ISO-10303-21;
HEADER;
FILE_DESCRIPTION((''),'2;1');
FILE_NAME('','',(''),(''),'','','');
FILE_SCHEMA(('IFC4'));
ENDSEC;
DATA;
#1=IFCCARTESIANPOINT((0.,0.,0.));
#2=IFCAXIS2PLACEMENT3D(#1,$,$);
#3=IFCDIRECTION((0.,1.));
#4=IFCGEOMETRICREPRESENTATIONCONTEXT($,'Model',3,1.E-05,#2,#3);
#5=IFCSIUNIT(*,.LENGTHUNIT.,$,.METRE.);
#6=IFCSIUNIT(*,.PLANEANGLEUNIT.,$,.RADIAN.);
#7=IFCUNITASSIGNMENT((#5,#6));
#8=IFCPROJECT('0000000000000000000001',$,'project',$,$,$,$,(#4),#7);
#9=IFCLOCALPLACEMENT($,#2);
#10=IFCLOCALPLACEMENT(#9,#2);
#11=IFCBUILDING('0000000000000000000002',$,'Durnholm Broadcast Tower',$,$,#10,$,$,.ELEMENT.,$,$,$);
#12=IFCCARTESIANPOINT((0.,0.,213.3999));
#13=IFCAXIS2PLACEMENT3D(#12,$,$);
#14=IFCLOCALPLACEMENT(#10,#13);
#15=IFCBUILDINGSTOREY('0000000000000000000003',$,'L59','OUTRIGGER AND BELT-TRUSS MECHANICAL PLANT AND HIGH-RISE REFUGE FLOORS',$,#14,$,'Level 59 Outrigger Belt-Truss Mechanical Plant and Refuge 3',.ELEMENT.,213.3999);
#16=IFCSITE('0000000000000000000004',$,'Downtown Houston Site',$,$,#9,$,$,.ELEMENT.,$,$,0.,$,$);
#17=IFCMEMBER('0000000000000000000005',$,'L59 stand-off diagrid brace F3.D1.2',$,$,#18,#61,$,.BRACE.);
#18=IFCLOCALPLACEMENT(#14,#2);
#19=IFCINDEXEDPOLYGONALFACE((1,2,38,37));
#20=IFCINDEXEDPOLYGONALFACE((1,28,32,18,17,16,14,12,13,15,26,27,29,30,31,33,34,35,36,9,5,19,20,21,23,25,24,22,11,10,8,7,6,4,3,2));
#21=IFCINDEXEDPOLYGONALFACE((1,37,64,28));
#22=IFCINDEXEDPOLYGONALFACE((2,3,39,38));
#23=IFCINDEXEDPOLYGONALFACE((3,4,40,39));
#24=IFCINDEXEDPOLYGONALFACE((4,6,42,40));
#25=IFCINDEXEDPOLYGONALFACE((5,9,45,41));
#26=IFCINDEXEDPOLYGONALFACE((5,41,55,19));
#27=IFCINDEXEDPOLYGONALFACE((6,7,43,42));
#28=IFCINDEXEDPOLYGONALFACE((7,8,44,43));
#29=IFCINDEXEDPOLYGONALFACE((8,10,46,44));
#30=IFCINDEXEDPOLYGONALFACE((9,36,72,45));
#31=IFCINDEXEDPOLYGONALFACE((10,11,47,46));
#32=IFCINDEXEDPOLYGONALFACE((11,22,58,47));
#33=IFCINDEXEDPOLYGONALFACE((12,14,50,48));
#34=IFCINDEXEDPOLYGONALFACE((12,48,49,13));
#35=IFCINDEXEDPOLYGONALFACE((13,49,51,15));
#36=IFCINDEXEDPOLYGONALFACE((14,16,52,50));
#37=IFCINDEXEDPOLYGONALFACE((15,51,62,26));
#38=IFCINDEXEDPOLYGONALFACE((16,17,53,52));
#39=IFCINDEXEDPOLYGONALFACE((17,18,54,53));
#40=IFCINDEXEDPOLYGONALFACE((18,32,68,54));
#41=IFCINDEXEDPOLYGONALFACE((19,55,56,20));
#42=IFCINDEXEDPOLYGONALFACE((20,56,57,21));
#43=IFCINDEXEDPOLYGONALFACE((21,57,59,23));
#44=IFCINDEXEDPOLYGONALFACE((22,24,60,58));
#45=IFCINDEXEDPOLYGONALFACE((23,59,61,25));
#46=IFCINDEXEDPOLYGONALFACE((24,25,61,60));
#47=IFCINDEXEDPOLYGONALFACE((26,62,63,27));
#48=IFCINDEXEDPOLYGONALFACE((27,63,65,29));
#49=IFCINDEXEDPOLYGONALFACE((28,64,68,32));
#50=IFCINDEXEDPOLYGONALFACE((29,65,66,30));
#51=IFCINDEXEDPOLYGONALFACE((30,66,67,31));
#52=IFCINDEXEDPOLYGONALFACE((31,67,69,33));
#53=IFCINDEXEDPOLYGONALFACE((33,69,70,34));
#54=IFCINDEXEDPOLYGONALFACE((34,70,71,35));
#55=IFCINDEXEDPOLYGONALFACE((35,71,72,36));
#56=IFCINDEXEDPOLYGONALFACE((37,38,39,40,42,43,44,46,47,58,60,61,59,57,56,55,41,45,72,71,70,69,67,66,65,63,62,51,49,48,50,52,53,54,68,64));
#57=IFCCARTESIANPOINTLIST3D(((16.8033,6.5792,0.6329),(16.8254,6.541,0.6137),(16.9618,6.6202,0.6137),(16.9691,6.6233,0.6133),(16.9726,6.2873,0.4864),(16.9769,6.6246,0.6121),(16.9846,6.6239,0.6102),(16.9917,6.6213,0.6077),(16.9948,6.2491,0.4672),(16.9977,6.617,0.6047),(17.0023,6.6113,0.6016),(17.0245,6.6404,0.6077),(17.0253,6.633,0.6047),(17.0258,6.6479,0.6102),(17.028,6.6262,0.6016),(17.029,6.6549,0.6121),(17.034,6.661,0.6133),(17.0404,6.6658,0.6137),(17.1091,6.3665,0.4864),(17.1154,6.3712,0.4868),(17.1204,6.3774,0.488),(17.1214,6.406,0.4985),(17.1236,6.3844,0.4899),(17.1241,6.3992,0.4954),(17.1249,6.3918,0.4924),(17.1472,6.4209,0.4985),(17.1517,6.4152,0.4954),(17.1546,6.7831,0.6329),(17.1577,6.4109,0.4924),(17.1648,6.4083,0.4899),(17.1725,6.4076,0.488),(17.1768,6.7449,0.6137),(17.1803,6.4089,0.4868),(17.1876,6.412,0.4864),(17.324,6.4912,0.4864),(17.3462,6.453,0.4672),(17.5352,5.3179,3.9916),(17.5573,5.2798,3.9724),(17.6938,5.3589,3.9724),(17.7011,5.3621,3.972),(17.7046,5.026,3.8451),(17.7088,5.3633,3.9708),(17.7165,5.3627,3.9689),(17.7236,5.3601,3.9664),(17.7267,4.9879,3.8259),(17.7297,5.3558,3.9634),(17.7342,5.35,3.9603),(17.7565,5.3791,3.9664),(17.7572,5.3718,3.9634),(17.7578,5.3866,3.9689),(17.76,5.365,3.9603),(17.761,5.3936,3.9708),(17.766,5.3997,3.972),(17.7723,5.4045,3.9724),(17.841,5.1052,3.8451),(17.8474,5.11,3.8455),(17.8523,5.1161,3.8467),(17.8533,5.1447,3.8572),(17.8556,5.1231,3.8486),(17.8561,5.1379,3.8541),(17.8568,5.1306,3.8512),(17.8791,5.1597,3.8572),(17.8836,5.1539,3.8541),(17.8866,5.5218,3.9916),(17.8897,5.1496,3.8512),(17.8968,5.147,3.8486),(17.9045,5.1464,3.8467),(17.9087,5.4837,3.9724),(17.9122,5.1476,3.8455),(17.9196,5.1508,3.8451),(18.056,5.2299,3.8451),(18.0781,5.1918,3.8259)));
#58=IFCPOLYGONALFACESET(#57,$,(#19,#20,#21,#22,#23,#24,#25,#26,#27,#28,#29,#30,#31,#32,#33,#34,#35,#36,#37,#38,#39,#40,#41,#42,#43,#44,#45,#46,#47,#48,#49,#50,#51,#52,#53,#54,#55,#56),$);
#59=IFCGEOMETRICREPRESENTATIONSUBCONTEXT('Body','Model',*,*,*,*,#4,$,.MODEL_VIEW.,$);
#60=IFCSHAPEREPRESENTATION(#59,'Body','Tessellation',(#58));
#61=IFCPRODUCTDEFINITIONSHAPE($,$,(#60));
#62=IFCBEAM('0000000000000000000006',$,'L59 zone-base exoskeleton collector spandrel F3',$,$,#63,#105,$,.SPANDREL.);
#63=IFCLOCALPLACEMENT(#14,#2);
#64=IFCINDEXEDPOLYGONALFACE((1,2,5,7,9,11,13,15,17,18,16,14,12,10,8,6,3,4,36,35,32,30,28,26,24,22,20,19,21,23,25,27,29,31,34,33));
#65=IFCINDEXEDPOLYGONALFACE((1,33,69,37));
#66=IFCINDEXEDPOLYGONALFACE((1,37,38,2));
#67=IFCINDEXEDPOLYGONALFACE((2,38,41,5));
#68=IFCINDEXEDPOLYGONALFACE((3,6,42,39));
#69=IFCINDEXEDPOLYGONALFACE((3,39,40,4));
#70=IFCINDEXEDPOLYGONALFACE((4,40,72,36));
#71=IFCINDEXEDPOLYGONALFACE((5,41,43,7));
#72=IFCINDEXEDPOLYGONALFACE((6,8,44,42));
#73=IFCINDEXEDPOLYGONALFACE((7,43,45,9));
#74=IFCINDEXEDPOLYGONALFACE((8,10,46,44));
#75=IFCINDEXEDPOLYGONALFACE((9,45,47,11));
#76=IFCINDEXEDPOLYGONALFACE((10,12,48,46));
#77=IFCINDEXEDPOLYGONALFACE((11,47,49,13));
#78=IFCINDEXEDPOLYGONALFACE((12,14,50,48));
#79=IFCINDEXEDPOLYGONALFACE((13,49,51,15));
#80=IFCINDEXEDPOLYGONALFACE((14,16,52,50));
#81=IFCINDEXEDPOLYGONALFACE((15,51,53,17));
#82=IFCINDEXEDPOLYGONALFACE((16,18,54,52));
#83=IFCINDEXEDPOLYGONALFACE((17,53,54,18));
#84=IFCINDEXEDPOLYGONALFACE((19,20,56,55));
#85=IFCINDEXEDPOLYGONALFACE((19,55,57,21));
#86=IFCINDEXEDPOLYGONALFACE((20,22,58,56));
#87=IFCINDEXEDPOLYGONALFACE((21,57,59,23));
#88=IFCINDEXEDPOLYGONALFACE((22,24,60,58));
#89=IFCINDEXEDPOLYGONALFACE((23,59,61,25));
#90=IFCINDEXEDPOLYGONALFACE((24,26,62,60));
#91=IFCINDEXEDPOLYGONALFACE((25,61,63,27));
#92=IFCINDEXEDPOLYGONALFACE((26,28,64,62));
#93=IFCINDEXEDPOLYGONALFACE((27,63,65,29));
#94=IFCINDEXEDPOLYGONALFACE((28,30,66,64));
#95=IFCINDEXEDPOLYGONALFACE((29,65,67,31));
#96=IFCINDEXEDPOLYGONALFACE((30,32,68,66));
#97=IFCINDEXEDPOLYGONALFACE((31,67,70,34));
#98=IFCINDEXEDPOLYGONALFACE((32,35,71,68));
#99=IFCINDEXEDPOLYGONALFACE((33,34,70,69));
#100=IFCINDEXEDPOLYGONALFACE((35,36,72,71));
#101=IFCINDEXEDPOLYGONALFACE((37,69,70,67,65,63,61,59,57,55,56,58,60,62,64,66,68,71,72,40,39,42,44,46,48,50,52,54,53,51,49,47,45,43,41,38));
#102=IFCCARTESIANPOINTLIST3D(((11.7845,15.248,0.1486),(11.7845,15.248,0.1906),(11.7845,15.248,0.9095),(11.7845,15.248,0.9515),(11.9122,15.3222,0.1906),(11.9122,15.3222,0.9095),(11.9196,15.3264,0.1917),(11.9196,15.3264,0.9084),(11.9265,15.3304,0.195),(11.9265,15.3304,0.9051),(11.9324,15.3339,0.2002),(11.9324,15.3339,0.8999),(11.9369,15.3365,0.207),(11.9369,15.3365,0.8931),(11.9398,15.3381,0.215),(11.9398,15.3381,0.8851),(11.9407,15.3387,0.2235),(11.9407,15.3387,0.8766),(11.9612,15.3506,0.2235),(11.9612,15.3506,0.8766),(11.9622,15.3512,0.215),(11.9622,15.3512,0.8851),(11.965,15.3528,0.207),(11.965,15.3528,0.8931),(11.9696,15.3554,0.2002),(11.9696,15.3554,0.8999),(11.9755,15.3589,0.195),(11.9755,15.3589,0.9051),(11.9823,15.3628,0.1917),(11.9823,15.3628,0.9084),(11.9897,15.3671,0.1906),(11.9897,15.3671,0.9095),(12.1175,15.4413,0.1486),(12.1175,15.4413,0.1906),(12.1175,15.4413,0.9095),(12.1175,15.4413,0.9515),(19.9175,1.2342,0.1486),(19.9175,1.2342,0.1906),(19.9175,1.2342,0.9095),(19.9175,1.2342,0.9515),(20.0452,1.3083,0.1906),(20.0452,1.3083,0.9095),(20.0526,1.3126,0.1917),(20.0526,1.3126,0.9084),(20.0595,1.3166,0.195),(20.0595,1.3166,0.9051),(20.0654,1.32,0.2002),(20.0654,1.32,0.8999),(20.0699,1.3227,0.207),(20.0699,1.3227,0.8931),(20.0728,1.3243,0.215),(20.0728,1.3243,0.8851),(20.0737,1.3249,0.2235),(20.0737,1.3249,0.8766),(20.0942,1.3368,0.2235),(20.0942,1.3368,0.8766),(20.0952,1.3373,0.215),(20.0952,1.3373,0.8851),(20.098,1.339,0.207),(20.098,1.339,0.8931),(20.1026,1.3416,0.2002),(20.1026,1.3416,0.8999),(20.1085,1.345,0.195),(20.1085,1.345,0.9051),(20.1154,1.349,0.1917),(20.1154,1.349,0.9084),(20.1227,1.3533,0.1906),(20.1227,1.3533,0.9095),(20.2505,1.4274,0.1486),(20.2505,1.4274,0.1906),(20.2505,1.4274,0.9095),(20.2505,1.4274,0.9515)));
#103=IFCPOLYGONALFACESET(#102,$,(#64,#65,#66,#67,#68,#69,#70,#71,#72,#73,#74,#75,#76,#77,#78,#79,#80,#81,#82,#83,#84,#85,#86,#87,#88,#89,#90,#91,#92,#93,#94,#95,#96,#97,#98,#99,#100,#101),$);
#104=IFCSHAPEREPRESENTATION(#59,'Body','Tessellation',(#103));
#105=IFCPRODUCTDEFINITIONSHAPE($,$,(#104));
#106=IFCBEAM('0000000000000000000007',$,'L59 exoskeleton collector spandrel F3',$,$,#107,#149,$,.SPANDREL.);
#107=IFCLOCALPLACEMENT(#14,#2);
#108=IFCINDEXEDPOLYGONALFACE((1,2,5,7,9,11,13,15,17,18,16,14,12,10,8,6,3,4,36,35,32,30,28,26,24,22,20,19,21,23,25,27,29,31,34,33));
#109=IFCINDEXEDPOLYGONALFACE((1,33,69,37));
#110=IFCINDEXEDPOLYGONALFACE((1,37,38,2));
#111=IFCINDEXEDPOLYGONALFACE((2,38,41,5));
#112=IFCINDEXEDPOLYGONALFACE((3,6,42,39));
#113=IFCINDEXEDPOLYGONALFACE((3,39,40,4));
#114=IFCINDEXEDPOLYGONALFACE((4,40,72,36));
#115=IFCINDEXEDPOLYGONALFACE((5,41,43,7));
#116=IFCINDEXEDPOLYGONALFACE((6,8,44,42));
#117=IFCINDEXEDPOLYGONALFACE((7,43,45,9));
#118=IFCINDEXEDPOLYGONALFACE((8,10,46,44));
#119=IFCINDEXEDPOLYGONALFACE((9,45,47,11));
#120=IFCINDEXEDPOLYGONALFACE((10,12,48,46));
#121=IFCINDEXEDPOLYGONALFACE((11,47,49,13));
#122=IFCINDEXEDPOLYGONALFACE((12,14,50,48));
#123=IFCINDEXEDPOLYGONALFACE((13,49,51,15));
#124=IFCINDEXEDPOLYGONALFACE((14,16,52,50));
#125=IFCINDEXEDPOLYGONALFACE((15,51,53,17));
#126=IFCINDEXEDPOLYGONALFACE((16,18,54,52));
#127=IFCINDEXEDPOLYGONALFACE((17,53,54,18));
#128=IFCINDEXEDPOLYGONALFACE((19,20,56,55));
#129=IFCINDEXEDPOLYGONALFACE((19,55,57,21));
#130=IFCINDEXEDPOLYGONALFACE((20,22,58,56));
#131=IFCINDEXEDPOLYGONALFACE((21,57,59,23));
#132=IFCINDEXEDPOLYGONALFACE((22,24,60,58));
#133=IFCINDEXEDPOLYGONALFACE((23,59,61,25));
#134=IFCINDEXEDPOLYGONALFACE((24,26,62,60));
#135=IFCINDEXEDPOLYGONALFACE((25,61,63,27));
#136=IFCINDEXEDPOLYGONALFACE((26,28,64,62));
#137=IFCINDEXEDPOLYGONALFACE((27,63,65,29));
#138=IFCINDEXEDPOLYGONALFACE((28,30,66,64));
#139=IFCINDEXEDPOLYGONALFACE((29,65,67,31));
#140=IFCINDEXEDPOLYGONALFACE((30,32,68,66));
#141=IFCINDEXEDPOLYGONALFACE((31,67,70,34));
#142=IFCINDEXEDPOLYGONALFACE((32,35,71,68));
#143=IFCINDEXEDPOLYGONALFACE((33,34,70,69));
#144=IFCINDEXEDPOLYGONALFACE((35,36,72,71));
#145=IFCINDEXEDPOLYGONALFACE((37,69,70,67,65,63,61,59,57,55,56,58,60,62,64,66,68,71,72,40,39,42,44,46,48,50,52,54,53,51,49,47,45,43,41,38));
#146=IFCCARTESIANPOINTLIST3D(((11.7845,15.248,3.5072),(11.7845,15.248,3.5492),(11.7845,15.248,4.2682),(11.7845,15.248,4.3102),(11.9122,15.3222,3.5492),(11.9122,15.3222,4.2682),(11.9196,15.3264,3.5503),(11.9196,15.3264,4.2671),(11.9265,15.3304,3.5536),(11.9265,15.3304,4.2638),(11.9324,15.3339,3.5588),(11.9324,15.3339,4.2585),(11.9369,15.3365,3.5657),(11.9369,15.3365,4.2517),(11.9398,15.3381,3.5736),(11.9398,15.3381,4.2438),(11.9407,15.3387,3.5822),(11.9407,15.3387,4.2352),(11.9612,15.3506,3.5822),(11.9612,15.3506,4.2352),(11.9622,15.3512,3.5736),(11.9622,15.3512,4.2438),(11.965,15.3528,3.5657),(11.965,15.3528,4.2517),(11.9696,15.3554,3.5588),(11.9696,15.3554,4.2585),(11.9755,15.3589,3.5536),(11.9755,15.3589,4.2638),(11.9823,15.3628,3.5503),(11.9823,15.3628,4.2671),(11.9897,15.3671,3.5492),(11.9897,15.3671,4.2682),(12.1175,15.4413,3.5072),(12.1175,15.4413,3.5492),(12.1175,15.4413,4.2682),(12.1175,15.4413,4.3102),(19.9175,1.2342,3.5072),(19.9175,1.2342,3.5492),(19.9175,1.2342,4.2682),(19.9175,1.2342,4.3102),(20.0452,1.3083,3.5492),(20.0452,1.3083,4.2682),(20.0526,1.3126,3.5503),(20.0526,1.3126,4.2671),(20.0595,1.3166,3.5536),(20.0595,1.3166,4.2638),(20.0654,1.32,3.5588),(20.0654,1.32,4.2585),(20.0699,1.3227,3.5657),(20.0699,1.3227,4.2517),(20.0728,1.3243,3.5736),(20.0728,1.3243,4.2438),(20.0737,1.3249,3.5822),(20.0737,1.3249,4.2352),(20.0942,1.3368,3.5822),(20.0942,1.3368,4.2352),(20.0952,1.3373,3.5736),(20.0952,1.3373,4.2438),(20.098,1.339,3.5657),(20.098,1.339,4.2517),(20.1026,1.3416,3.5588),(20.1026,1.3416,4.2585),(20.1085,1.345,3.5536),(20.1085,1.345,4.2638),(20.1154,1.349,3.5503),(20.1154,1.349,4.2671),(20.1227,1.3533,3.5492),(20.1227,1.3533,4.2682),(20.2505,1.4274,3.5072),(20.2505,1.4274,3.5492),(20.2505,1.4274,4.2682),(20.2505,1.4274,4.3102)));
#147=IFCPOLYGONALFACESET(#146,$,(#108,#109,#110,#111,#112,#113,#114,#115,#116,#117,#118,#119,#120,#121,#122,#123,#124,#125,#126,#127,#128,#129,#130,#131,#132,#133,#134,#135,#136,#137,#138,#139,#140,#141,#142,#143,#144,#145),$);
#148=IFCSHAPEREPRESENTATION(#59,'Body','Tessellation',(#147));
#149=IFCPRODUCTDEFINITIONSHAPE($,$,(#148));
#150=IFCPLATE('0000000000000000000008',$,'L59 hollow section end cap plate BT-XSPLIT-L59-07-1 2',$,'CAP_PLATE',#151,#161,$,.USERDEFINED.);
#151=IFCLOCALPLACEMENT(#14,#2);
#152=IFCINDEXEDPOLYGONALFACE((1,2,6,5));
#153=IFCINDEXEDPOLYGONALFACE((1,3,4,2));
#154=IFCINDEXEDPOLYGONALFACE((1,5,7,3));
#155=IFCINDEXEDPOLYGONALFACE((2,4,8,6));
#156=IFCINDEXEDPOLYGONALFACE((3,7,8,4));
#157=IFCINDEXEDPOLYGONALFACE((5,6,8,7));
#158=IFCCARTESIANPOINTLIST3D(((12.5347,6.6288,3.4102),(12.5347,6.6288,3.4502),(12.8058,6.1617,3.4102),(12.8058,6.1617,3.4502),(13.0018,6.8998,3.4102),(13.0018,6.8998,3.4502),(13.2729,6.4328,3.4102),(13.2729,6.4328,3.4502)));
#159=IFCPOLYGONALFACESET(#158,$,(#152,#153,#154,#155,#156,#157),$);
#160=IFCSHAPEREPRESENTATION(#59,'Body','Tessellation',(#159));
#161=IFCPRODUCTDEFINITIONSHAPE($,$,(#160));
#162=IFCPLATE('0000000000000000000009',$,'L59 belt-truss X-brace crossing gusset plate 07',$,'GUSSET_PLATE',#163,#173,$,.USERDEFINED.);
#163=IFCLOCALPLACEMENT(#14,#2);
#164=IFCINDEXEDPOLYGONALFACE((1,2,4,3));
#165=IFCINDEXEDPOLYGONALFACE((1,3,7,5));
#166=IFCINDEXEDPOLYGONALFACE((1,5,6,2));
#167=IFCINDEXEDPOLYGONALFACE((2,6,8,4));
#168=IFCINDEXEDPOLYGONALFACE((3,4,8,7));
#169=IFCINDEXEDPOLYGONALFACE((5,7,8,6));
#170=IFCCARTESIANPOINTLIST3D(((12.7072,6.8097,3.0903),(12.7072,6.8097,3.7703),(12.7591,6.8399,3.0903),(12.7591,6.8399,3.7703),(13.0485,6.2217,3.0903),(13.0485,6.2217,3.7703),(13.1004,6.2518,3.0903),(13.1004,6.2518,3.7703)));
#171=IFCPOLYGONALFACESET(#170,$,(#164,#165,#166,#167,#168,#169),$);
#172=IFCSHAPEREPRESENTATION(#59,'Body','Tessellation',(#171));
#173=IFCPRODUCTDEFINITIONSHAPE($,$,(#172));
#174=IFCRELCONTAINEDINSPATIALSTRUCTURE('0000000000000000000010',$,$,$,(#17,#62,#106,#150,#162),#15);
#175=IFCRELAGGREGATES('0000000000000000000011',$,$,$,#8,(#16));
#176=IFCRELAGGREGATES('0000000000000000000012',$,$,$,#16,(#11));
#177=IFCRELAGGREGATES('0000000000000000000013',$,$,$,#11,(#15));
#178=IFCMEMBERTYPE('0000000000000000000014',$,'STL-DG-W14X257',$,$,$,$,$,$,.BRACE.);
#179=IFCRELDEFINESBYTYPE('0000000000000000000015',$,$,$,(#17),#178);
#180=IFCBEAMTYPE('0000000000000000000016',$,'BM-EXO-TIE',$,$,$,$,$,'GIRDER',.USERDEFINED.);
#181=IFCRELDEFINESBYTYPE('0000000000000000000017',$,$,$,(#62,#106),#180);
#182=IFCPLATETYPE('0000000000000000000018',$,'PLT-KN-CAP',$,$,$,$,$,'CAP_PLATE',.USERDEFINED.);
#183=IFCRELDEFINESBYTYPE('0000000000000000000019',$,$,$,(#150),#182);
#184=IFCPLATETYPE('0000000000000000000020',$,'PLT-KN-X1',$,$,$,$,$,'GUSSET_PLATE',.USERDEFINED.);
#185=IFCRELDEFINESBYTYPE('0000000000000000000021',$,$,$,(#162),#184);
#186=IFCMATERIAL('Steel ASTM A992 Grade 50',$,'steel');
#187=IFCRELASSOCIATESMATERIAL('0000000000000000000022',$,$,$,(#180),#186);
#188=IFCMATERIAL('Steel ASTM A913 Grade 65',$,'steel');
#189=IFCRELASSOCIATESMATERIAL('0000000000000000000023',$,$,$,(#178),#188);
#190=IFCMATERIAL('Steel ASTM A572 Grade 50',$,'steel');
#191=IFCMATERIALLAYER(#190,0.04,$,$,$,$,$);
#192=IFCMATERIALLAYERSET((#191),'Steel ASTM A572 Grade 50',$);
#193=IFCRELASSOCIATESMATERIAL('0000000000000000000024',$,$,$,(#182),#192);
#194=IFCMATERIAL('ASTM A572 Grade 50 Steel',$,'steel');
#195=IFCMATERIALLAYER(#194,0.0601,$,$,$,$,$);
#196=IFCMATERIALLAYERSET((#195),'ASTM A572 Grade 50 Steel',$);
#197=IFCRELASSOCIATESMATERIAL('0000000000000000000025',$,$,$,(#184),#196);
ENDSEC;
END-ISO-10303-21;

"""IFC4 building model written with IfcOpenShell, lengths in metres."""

from ifc_helpers import new_model, si_unit, direction, frame, origin, origin_2d, place, context, subcontext, project, spatial, rectangle, i_section, extrude, source, transform, mapped, material, layer, layer_set, material_profile, profile_set, type_object, type_shapes, element, save


model = new_model("IFC4")

# Units and contexts
model_context = context("Model", 3, precision=1e-05, world=origin(), true_north=direction((0.0, 1.0)))
body_context = subcontext(model_context, "Body", "Model", "MODEL_VIEW")
ifc_project = project(units=[si_unit("LENGTHUNIT", "METRE"), si_unit("PLANEANGLEUNIT", "RADIAN")], contexts=[model_context])

# Site, building, storey
site_placement = place(None, origin())
site = spatial("IfcSite", under=ifc_project, at=site_placement, Name="Downtown Houston Site", CompositionType="ELEMENT", RefElevation=0.0)
building_placement = place(site_placement, origin())
building = spatial("IfcBuilding", under=site, at=building_placement, Name="Durnholm Broadcast Tower", CompositionType="ELEMENT")
storey_placement = place(building_placement, frame((0.0, 0.0, 213.3999)))
storey = spatial("IfcBuildingStorey", under=building, at=storey_placement, Name="L59", Description="OUTRIGGER AND BELT-TRUSS MECHANICAL PLANT AND HIGH-RISE REFUGE FLOORS", LongName="Level 59 Outrigger Belt-Truss Mechanical Plant and Refuge 3", CompositionType="ELEMENT", Elevation=213.3999)

# Shared definitions
ifc_material_1 = material(Name="Steel ASTM A992 Grade 50", Category="steel")
ifc_material_profile_1 = material_profile(ifc_material_1, i_section(OverallWidth=0.385, OverallDepth=0.803, WebThickness=0.0237, FlangeThickness=0.042, FilletRadius=0.033, at=origin_2d()), Name="W30X261")
ifc_profile_set_1 = profile_set([ifc_material_profile_1], Name="Steel ASTM A992 Grade 50")
beam_type_1 = type_object("IfcBeamType", Name="BM-EXO-TIE", ElementType="GIRDER", PredefinedType="USERDEFINED", material=ifc_profile_set_1)

# Member
ifc_material_2 = material(Name="Steel ASTM A913 Grade 65", Category="steel")
ifc_material_profile_2 = material_profile(ifc_material_2, i_section(OverallWidth=0.4062, OverallDepth=0.416, WebThickness=0.0298, FlangeThickness=0.0481, FilletRadius=0.0305, at=origin_2d()), Name="W14X257")
ifc_profile_set_2 = profile_set([ifc_material_profile_2], Name="Steel ASTM A913 Grade 65")
member_type_1 = type_object("IfcMemberType", Name="STL-DG-W14X257", PredefinedType="BRACE", material=ifc_profile_set_2)
shared_shape_1 = source(origin(), body_context, "Body", "SweptSolid", [
    extrude(i_section(OverallWidth=0.4062, OverallDepth=0.416, WebThickness=0.0298, FlangeThickness=0.0481, FilletRadius=0.0305, at=origin_2d()), origin(), (0.0, 0.0, 1.0), 3.6616),
])
type_shapes(member_type_1, [shared_shape_1])
for number, where, z_axis, x_axis, name in (
    (1, (17.0747, 6.5161, 0.55), (0.199897, -0.344453, 0.917275), (0.864906, 0.501934, 0.0), "L59 stand-off diagrid brace F3.D1.2"),
):
    element("IfcMember", number, at=place(storey_placement, frame(where, z_axis=z_axis, x_axis=x_axis)), inside=storey, type_object=member_type_1, Name=name, PredefinedType="BRACE", context=body_context, shape_type="MappedRepresentation", body=[
        mapped(shared_shape_1, transform((0.0, 0.0, 0.0), x_axis=(1.0, 0.0, 0.0), y_axis=(0.0, 1.0, 0.0), z_axis=(0.0, 0.0, 1.0), scale=1.0)),
    ])

# Beams
shared_shape_2 = source(origin(), body_context, "Body", "SweptSolid", [
    extrude(i_section(OverallWidth=0.385, OverallDepth=0.803, WebThickness=0.0237, FlangeThickness=0.042, FilletRadius=0.033, at=origin_2d()), origin(), (0.0, 0.0, 1.0), 16.2029),
])
for number, where, z_axis, x_axis, name in (
    (2, (20.084, 1.3308, 0.55), (-0.501948, 0.864898, 0.0), (-0.864898, -0.501948, 0.0), "L59 zone-base exoskeleton collector spandrel F3"),
    (3, (20.084, 1.3308, 3.9087), (-0.501948, 0.864898, 0.0), (-0.864898, -0.501948, 0.0), "L59 exoskeleton collector spandrel F3"),
):
    element("IfcBeam", number, at=place(storey_placement, frame(where, z_axis=z_axis, x_axis=x_axis)), inside=storey, type_object=beam_type_1, Name=name, PredefinedType="SPANDREL", context=body_context, shape_type="MappedRepresentation", body=[
        mapped(shared_shape_2, transform((0.0, 0.0, 0.0), x_axis=(1.0, 0.0, 0.0), y_axis=(0.0, 1.0, 0.0), z_axis=(0.0, 0.0, 1.0), scale=1.0)),
    ])

# Plates
ifc_material_3 = material(Name="Steel ASTM A572 Grade 50", Category="steel")
ifc_layer_1 = layer(ifc_material_3, 0.04)
ifc_layer_set_1 = layer_set([ifc_layer_1], Name="Steel ASTM A572 Grade 50")
plate_type_1 = type_object("IfcPlateType", Name="PLT-KN-CAP", ElementType="CAP_PLATE", PredefinedType="USERDEFINED", material=ifc_layer_set_1)
shared_shape_3 = source(origin(), body_context, "Body", "SweptSolid", [
    extrude(rectangle(XDim=0.54, YDim=0.54, at=origin_2d()), origin(), (0.0, 0.0, 1.0), 0.04),
])
type_shapes(plate_type_1, [shared_shape_3])
plate_1_placement = place(storey_placement, frame((12.9038, 6.5308, 3.4102), z_axis=(0.0, 0.0, 1.0), x_axis=(-0.501964, 0.864889, 0.0)))
element("IfcPlate", 4, at=plate_1_placement, inside=storey, type_object=plate_type_1, Name="L59 hollow section end cap plate BT-XSPLIT-L59-07-1 2", ObjectType="CAP_PLATE", PredefinedType="USERDEFINED", context=body_context, shape_type="MappedRepresentation", body=[
    mapped(shared_shape_3, transform((0.0, 0.0, 0.0), x_axis=(1.0, 0.0, 0.0), y_axis=(0.0, 1.0, 0.0), z_axis=(0.0, 0.0, 1.0), scale=1.0)),
])
ifc_material_4 = material(Name="ASTM A572 Grade 50 Steel", Category="steel")
ifc_layer_2 = layer(ifc_material_4, 0.0601)
ifc_layer_set_2 = layer_set([ifc_layer_2], Name="ASTM A572 Grade 50 Steel")
plate_type_2 = type_object("IfcPlateType", Name="PLT-KN-X1", ElementType="GUSSET_PLATE", PredefinedType="USERDEFINED", material=ifc_layer_set_2)
shared_shape_4 = source(origin(), body_context, "Body", "SweptSolid", [
    extrude(rectangle(XDim=0.6799, YDim=0.0601, at=origin_2d()), origin(), (0.0, 0.0, 1.0), 0.6799),
])
type_shapes(plate_type_2, [shared_shape_4])
plate_2_placement = place(storey_placement, frame((12.9038, 6.5308, 3.0903), z_axis=(0.0, 0.0, 1.0), x_axis=(0.501964, -0.864889, 0.0)))
element("IfcPlate", 5, at=plate_2_placement, inside=storey, type_object=plate_type_2, Name="L59 belt-truss X-brace crossing gusset plate 07", ObjectType="GUSSET_PLATE", PredefinedType="USERDEFINED", context=body_context, shape_type="MappedRepresentation", body=[
    mapped(shared_shape_4, transform((0.0, 0.0, 0.0), x_axis=(1.0, 0.0, 0.0), y_axis=(0.0, 1.0, 0.0), z_axis=(0.0, 0.0, 1.0), scale=1.0)),
])

save(model, "model.ifc")
